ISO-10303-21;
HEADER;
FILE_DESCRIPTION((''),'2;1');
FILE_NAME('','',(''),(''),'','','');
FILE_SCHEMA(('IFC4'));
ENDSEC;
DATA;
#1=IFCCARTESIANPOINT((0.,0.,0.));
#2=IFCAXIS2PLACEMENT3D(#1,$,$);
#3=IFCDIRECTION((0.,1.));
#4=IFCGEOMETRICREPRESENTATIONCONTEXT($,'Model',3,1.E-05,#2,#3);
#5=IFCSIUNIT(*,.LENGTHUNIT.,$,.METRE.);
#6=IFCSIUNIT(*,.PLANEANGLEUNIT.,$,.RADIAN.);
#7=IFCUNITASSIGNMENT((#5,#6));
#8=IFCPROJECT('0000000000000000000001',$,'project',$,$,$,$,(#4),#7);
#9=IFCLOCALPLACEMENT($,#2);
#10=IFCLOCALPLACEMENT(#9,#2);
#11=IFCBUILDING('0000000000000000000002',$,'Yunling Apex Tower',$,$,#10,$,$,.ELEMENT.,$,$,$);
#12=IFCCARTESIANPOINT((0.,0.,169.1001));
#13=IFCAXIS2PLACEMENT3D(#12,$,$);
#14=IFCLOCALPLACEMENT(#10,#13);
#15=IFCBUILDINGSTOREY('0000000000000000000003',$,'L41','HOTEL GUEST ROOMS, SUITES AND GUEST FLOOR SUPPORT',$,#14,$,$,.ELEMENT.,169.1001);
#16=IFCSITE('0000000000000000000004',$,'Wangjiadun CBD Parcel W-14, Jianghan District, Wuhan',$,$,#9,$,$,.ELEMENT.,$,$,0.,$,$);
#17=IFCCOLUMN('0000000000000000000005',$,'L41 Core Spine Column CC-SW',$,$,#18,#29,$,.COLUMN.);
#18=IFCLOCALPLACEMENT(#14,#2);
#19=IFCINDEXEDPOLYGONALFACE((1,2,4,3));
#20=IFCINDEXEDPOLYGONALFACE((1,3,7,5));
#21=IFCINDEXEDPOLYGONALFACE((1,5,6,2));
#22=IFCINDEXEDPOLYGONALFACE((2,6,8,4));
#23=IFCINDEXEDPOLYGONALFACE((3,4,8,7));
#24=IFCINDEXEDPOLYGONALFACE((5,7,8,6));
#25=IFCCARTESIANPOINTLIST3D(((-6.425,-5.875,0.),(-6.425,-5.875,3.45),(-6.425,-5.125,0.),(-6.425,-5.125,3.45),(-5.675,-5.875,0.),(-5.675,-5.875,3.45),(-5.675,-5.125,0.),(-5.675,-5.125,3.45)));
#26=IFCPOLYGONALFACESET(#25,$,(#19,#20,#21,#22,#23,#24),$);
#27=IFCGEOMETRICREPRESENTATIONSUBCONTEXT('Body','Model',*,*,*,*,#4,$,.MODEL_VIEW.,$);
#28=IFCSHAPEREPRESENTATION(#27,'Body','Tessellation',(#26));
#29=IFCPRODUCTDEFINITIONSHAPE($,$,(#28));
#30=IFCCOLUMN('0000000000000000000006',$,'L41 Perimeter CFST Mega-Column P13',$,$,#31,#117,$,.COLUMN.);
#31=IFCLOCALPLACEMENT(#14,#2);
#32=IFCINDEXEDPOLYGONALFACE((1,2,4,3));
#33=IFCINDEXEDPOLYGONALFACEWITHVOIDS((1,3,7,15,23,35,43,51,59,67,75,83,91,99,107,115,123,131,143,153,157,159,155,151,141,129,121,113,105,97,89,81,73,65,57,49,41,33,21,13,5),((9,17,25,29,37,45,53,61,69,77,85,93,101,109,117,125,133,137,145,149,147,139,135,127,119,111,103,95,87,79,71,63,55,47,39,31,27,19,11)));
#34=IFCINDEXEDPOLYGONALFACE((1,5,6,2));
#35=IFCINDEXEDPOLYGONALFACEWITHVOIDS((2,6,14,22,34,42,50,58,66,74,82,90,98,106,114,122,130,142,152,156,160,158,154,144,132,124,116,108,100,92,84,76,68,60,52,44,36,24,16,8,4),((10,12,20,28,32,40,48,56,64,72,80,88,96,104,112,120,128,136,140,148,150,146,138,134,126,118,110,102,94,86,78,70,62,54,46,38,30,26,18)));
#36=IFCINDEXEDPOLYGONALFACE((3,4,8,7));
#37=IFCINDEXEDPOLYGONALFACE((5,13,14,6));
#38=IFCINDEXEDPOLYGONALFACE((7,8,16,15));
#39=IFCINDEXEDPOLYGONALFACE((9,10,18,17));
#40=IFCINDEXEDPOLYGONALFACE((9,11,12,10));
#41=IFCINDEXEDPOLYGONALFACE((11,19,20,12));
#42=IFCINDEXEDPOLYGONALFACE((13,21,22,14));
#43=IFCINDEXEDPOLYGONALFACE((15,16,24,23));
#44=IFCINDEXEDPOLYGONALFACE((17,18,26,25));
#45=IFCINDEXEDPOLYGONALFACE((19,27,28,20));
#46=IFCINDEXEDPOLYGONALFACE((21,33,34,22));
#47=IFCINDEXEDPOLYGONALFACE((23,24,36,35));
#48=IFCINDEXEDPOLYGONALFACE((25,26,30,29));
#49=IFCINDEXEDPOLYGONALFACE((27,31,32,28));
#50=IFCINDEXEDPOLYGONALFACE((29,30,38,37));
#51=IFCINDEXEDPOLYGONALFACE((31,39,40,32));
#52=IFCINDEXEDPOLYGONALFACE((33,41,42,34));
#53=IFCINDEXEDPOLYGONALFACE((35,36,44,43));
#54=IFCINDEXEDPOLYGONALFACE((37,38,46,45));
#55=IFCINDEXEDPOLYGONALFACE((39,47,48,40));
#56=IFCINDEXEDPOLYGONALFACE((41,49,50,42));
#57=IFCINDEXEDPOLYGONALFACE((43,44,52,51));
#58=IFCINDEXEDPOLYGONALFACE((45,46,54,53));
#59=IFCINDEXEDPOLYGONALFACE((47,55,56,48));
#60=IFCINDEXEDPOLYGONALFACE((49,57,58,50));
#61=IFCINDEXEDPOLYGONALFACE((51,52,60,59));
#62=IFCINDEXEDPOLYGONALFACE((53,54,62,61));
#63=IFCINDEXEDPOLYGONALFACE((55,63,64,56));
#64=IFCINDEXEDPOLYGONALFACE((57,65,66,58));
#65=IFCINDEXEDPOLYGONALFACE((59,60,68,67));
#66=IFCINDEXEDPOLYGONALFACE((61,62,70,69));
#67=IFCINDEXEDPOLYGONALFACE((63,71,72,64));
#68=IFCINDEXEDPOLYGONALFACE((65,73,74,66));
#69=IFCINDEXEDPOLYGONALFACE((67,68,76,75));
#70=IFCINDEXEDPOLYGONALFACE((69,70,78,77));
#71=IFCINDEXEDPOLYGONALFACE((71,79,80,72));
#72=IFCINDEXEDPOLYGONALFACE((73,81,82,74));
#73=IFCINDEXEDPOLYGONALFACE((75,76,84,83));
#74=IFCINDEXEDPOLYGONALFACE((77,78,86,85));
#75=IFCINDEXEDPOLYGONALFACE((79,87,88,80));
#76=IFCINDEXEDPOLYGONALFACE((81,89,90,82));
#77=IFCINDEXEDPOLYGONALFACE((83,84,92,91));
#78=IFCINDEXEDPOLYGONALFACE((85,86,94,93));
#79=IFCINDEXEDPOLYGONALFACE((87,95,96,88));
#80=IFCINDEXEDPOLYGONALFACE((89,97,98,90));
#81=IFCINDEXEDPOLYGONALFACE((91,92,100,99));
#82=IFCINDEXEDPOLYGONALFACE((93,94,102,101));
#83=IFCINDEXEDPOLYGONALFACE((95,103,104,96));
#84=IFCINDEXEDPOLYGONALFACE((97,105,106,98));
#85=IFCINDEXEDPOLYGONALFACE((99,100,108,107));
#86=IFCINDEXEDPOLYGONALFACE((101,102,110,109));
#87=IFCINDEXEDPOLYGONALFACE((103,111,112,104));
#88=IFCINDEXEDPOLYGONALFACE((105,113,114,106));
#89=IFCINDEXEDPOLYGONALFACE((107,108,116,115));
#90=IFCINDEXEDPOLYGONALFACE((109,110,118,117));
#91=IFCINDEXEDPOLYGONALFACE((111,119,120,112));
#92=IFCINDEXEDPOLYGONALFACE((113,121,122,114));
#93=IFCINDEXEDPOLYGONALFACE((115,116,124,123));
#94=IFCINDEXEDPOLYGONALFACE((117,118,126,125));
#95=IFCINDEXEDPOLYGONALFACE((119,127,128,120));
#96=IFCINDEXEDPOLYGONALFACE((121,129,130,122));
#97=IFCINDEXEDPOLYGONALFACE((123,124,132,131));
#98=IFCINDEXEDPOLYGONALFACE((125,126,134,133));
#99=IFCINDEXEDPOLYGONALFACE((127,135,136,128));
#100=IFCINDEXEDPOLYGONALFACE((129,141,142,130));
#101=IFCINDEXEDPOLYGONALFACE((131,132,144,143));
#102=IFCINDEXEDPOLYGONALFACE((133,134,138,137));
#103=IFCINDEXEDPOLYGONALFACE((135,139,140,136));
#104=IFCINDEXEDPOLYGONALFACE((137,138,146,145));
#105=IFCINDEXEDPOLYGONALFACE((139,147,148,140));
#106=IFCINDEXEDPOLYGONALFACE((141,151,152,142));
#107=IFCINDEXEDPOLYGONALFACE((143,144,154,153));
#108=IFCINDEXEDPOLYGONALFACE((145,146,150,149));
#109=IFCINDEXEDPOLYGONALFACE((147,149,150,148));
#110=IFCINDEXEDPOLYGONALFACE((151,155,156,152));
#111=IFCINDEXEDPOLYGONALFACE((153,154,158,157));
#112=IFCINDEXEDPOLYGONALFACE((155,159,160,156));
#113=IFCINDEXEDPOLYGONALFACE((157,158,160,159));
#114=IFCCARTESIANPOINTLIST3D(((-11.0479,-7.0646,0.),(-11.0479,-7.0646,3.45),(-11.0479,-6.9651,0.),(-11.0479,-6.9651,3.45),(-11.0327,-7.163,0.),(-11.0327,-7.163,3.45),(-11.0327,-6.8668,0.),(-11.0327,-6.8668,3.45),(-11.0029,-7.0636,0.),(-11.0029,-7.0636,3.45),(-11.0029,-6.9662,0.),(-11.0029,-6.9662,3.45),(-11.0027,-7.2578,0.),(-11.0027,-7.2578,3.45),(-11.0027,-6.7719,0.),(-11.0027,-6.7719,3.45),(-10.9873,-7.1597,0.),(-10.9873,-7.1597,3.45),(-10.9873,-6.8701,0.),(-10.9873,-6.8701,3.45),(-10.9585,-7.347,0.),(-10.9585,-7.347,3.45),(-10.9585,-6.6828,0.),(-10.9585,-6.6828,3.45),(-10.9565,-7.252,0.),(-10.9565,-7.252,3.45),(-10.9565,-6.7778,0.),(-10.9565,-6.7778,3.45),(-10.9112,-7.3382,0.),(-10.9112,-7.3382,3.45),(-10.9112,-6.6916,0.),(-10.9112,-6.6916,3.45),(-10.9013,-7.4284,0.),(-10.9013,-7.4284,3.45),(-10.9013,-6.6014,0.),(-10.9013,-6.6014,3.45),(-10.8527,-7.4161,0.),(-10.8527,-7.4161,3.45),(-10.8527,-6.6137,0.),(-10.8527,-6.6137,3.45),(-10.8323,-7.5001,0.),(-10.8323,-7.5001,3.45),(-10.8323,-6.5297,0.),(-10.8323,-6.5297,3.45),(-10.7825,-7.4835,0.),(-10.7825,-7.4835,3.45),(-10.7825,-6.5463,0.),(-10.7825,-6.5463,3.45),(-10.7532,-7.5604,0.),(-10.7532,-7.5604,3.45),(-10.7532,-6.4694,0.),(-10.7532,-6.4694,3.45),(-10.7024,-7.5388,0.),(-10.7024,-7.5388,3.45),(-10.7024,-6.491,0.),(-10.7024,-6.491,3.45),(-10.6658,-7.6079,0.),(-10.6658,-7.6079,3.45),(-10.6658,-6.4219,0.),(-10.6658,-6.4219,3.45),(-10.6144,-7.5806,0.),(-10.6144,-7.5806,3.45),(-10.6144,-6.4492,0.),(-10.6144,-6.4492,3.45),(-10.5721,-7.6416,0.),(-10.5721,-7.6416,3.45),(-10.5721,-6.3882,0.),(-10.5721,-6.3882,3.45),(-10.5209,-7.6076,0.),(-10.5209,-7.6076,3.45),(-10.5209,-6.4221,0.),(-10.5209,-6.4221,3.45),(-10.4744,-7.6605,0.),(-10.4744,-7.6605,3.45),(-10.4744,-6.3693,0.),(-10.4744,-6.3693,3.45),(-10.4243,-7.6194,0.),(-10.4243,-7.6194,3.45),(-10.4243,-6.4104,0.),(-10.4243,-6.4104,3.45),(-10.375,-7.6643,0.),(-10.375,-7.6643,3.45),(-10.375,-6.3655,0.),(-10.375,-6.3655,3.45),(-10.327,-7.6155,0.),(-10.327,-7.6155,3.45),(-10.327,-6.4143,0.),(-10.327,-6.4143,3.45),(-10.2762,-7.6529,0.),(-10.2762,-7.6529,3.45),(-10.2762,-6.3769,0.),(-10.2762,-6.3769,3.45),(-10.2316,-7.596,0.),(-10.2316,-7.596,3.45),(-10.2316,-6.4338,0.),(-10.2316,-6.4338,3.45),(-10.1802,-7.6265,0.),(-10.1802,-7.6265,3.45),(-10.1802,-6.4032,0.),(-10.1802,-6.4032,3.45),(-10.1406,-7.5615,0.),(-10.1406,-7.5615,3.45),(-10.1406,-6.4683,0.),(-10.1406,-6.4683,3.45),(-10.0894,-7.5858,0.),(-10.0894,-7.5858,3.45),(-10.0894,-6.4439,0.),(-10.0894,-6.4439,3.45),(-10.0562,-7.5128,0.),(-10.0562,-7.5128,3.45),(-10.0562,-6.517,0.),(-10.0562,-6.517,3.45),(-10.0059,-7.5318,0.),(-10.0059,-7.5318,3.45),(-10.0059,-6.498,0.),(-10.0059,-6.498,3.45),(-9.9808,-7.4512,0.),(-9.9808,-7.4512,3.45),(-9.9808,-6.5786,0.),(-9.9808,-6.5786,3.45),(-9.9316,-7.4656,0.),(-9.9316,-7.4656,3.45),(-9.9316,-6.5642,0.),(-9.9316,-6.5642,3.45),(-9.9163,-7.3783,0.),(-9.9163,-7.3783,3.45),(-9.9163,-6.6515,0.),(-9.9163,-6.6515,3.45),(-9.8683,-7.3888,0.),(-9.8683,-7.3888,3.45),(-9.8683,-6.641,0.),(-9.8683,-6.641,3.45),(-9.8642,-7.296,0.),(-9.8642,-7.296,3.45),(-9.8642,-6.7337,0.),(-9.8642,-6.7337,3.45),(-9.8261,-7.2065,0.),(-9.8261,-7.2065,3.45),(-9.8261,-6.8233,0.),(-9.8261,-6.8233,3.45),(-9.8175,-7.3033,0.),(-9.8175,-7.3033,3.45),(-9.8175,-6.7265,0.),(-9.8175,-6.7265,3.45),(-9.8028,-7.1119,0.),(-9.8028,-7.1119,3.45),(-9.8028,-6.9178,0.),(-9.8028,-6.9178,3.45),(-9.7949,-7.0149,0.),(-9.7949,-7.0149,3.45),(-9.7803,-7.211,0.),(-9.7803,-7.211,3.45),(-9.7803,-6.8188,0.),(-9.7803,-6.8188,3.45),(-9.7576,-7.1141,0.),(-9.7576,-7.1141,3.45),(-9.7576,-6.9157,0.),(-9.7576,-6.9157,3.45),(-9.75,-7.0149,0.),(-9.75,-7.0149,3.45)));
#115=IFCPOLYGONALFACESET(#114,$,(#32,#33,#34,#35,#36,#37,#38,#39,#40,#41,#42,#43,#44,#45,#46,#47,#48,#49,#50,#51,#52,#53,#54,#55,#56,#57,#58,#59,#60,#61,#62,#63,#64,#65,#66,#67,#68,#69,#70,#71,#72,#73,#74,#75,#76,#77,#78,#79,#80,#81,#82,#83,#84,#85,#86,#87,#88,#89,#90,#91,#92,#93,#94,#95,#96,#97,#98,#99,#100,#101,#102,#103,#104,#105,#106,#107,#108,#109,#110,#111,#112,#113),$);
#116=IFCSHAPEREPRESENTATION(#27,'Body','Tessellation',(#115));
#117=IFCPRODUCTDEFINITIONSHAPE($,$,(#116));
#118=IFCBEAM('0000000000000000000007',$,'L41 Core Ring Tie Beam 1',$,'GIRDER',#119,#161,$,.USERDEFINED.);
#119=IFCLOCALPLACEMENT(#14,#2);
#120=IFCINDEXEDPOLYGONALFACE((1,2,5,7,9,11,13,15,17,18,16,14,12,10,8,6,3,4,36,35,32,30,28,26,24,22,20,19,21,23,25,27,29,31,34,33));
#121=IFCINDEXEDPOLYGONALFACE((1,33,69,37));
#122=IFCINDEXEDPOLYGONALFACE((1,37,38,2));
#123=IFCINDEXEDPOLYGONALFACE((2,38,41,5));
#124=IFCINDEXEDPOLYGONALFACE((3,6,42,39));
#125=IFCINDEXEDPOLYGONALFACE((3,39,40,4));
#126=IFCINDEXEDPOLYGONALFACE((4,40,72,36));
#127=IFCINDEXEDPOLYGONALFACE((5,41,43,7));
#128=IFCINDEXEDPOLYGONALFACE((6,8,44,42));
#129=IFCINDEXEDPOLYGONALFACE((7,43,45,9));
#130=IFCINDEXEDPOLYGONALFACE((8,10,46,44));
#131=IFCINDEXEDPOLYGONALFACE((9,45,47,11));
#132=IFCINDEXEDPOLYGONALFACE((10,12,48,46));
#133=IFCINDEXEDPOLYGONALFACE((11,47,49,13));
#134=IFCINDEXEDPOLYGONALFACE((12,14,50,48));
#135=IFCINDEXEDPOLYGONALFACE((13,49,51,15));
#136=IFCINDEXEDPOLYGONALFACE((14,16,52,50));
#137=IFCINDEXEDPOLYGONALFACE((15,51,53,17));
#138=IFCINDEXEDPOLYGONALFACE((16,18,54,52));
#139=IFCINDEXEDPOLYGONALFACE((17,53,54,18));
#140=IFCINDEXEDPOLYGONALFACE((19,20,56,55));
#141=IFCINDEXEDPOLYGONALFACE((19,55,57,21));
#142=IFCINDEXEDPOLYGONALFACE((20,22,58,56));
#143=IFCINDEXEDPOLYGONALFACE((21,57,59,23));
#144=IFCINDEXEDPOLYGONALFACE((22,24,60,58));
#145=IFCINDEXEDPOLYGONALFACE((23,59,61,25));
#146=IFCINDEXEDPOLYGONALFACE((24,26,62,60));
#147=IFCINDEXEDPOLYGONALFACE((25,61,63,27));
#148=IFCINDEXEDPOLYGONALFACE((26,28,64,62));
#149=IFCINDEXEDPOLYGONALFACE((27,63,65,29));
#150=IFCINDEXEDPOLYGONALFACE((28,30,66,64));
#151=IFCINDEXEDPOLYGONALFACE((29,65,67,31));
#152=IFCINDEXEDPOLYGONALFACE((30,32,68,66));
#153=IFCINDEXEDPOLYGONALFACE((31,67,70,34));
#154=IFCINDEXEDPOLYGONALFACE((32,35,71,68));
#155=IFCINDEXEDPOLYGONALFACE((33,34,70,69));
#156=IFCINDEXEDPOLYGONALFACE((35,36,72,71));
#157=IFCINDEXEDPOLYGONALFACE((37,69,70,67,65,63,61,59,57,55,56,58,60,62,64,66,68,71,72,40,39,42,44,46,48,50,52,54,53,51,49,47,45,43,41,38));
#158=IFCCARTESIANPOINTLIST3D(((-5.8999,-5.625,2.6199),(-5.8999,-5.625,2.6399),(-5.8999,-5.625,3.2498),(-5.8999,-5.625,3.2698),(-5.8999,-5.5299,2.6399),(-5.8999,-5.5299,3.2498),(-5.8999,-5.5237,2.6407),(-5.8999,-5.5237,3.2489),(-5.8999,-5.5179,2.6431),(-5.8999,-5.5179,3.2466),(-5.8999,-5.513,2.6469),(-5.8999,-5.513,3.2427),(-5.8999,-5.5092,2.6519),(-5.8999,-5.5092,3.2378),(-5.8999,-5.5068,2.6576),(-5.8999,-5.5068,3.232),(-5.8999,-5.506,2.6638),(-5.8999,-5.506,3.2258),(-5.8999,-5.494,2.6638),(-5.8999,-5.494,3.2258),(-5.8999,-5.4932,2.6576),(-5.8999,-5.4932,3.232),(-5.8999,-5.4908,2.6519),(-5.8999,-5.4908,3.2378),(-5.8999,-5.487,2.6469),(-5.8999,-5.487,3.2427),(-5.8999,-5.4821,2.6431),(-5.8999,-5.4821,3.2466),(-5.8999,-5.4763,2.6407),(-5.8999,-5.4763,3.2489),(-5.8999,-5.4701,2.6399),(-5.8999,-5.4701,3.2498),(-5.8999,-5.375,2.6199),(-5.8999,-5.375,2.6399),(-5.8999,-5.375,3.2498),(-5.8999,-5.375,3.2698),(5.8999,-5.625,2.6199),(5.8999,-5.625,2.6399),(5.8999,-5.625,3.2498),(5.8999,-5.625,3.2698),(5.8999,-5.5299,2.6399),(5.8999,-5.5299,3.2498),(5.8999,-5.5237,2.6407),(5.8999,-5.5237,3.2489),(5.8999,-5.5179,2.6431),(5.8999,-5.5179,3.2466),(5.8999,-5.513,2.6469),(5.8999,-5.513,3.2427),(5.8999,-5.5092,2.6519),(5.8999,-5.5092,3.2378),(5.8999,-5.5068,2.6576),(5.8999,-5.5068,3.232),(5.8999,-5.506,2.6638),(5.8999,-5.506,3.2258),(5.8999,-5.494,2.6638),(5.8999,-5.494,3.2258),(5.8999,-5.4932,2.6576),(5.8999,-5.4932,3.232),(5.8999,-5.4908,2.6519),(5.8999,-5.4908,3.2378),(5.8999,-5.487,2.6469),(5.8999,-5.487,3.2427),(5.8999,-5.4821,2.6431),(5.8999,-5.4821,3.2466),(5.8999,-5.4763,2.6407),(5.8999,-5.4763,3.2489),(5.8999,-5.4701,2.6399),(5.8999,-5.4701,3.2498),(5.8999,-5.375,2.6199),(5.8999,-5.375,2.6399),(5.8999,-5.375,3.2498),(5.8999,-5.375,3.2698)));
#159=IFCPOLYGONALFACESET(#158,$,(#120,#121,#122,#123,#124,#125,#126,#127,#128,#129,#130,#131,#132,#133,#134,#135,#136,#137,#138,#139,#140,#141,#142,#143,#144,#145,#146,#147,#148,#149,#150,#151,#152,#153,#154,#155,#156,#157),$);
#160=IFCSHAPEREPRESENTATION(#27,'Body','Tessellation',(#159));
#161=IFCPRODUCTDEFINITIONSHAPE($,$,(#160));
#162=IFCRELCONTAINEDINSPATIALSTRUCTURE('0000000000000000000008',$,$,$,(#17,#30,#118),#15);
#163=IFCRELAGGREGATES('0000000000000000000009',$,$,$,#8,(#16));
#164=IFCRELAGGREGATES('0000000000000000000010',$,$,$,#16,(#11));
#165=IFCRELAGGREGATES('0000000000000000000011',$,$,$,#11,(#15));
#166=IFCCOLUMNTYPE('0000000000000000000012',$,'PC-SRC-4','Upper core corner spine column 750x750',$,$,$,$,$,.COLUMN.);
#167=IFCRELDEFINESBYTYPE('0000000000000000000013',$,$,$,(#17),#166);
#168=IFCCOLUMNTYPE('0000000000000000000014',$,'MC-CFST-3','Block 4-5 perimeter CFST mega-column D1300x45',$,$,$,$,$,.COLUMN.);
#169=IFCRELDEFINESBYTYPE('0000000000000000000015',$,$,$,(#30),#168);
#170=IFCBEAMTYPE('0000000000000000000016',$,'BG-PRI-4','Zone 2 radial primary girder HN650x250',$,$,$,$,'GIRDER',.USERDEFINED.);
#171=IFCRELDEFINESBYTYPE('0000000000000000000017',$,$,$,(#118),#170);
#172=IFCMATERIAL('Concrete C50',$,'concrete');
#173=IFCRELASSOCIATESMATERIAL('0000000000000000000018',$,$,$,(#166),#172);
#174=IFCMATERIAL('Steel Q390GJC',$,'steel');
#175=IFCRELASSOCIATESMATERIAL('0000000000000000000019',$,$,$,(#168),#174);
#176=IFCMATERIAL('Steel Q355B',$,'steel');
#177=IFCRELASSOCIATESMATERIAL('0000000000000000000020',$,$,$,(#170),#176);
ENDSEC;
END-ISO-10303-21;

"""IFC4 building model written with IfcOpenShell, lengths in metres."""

from ifc_helpers import new_model, si_unit, direction, frame, origin, origin_2d, place, context, subcontext, project, spatial, rectangle, hollow_circle, i_section, extrude, source, transform, mapped, material, material_profile, profile_set, type_object, element, save


model = new_model("IFC4")

# Units and contexts
model_context = context("Model", 3, precision=1e-05, world=origin(), true_north=direction((0.0, 1.0)))
body_context = subcontext(model_context, "Body", "Model", "MODEL_VIEW")
ifc_project = project(units=[si_unit("LENGTHUNIT", "METRE"), si_unit("PLANEANGLEUNIT", "RADIAN")], contexts=[model_context])

# Site, building, storey
site_placement = place(None, origin())
site = spatial("IfcSite", under=ifc_project, at=site_placement, Name="Wangjiadun CBD Parcel W-14, Jianghan District, Wuhan", CompositionType="ELEMENT", RefElevation=0.0)
building_placement = place(site_placement, origin())
building = spatial("IfcBuilding", under=site, at=building_placement, Name="Yunling Apex Tower", CompositionType="ELEMENT")
storey_placement = place(building_placement, frame((0.0, 0.0, 169.1001)))
storey = spatial("IfcBuildingStorey", under=building, at=storey_placement, Name="L41", Description="HOTEL GUEST ROOMS, SUITES AND GUEST FLOOR SUPPORT", CompositionType="ELEMENT", Elevation=169.1001)

# Columns
ifc_material_1 = material(Name="Concrete C50", Category="concrete")
ifc_material_profile_1 = material_profile(ifc_material_1, rectangle(XDim=0.75, YDim=0.75, at=origin_2d()))
ifc_profile_set_1 = profile_set([ifc_material_profile_1], Name="Concrete C50")
column_type_1 = type_object("IfcColumnType", Name="PC-SRC-4", Description="Upper core corner spine column 750x750", PredefinedType="COLUMN", material=ifc_profile_set_1)
shared_shape_1 = source(origin(), body_context, "Body", "SweptSolid", [
    extrude(rectangle(XDim=0.75, YDim=0.75, at=origin_2d()), origin(), (0.0, 0.0, 1.0), 3.45),
])
column_1_placement = place(storey_placement, frame((-6.05, -5.5, 0.0), z_axis=(0.0, 0.0, 1.0), x_axis=(1.0, 0.0, 0.0)))
element("IfcColumn", 1, at=column_1_placement, inside=storey, type_object=column_type_1, Name="L41 Core Spine Column CC-SW", PredefinedType="COLUMN", context=body_context, shape_type="MappedRepresentation", body=[
    mapped(shared_shape_1, transform((0.0, 0.0, 0.0), scale=1.0)),
])
ifc_material_2 = material(Name="Steel Q390GJC", Category="steel")
ifc_material_profile_2 = material_profile(ifc_material_2, hollow_circle(Radius=0.6499, WallThickness=0.0449, at=origin_2d()))
ifc_profile_set_2 = profile_set([ifc_material_profile_2], Name="Steel Q390GJC")
column_type_2 = type_object("IfcColumnType", Name="MC-CFST-3", Description="Block 4-5 perimeter CFST mega-column D1300x45", PredefinedType="COLUMN", material=ifc_profile_set_2)
shared_shape_2 = source(origin(), body_context, "Body", "SweptSolid", [
    extrude(hollow_circle(Radius=0.6499, WallThickness=0.0449, at=origin_2d()), origin(), (0.0, 0.0, 1.0), 3.45),
])
column_2_placement = place(storey_placement, frame((-10.3999, -7.0149, 0.0), z_axis=(0.0, 0.0, 1.0), x_axis=(1.0, 0.0, 0.0)))
element("IfcColumn", 2, at=column_2_placement, inside=storey, type_object=column_type_2, Name="L41 Perimeter CFST Mega-Column P13", PredefinedType="COLUMN", context=body_context, shape_type="MappedRepresentation", body=[
    mapped(shared_shape_2, transform((0.0, 0.0, 0.0), scale=1.0)),
])

# Beam
ifc_material_3 = material(Name="Steel Q355B", Category="steel")
ifc_material_profile_3 = material_profile(ifc_material_3, i_section(OverallWidth=0.25, OverallDepth=0.6499, WebThickness=0.012, FlangeThickness=0.02, FilletRadius=0.0239, at=origin_2d()))
ifc_profile_set_3 = profile_set([ifc_material_profile_3], Name="Steel Q355B")
beam_type_1 = type_object("IfcBeamType", Name="BG-PRI-4", Description="Zone 2 radial primary girder HN650x250", ElementType="GIRDER", PredefinedType="USERDEFINED", material=ifc_profile_set_3)
shared_shape_3 = source(origin(), body_context, "Body", "SweptSolid", [
    extrude(i_section(OverallWidth=0.25, OverallDepth=0.6499, WebThickness=0.012, FlangeThickness=0.02, FilletRadius=0.0239, at=origin_2d()), origin(), (0.0, 0.0, 1.0), 11.7998),
])
beam_1_placement = place(storey_placement, frame((-5.8999, -5.5, 2.9448), z_axis=(1.0, 0.0, 0.0), x_axis=(0.0, 1.0, 0.0)))
element("IfcBeam", 3, at=beam_1_placement, inside=storey, type_object=beam_type_1, Name="L41 Core Ring Tie Beam 1", ObjectType="GIRDER", PredefinedType="USERDEFINED", context=body_context, shape_type="MappedRepresentation", body=[
    mapped(shared_shape_3, transform((0.0, 0.0, 0.0), scale=1.0)),
])

save(model, "model.ifc")
